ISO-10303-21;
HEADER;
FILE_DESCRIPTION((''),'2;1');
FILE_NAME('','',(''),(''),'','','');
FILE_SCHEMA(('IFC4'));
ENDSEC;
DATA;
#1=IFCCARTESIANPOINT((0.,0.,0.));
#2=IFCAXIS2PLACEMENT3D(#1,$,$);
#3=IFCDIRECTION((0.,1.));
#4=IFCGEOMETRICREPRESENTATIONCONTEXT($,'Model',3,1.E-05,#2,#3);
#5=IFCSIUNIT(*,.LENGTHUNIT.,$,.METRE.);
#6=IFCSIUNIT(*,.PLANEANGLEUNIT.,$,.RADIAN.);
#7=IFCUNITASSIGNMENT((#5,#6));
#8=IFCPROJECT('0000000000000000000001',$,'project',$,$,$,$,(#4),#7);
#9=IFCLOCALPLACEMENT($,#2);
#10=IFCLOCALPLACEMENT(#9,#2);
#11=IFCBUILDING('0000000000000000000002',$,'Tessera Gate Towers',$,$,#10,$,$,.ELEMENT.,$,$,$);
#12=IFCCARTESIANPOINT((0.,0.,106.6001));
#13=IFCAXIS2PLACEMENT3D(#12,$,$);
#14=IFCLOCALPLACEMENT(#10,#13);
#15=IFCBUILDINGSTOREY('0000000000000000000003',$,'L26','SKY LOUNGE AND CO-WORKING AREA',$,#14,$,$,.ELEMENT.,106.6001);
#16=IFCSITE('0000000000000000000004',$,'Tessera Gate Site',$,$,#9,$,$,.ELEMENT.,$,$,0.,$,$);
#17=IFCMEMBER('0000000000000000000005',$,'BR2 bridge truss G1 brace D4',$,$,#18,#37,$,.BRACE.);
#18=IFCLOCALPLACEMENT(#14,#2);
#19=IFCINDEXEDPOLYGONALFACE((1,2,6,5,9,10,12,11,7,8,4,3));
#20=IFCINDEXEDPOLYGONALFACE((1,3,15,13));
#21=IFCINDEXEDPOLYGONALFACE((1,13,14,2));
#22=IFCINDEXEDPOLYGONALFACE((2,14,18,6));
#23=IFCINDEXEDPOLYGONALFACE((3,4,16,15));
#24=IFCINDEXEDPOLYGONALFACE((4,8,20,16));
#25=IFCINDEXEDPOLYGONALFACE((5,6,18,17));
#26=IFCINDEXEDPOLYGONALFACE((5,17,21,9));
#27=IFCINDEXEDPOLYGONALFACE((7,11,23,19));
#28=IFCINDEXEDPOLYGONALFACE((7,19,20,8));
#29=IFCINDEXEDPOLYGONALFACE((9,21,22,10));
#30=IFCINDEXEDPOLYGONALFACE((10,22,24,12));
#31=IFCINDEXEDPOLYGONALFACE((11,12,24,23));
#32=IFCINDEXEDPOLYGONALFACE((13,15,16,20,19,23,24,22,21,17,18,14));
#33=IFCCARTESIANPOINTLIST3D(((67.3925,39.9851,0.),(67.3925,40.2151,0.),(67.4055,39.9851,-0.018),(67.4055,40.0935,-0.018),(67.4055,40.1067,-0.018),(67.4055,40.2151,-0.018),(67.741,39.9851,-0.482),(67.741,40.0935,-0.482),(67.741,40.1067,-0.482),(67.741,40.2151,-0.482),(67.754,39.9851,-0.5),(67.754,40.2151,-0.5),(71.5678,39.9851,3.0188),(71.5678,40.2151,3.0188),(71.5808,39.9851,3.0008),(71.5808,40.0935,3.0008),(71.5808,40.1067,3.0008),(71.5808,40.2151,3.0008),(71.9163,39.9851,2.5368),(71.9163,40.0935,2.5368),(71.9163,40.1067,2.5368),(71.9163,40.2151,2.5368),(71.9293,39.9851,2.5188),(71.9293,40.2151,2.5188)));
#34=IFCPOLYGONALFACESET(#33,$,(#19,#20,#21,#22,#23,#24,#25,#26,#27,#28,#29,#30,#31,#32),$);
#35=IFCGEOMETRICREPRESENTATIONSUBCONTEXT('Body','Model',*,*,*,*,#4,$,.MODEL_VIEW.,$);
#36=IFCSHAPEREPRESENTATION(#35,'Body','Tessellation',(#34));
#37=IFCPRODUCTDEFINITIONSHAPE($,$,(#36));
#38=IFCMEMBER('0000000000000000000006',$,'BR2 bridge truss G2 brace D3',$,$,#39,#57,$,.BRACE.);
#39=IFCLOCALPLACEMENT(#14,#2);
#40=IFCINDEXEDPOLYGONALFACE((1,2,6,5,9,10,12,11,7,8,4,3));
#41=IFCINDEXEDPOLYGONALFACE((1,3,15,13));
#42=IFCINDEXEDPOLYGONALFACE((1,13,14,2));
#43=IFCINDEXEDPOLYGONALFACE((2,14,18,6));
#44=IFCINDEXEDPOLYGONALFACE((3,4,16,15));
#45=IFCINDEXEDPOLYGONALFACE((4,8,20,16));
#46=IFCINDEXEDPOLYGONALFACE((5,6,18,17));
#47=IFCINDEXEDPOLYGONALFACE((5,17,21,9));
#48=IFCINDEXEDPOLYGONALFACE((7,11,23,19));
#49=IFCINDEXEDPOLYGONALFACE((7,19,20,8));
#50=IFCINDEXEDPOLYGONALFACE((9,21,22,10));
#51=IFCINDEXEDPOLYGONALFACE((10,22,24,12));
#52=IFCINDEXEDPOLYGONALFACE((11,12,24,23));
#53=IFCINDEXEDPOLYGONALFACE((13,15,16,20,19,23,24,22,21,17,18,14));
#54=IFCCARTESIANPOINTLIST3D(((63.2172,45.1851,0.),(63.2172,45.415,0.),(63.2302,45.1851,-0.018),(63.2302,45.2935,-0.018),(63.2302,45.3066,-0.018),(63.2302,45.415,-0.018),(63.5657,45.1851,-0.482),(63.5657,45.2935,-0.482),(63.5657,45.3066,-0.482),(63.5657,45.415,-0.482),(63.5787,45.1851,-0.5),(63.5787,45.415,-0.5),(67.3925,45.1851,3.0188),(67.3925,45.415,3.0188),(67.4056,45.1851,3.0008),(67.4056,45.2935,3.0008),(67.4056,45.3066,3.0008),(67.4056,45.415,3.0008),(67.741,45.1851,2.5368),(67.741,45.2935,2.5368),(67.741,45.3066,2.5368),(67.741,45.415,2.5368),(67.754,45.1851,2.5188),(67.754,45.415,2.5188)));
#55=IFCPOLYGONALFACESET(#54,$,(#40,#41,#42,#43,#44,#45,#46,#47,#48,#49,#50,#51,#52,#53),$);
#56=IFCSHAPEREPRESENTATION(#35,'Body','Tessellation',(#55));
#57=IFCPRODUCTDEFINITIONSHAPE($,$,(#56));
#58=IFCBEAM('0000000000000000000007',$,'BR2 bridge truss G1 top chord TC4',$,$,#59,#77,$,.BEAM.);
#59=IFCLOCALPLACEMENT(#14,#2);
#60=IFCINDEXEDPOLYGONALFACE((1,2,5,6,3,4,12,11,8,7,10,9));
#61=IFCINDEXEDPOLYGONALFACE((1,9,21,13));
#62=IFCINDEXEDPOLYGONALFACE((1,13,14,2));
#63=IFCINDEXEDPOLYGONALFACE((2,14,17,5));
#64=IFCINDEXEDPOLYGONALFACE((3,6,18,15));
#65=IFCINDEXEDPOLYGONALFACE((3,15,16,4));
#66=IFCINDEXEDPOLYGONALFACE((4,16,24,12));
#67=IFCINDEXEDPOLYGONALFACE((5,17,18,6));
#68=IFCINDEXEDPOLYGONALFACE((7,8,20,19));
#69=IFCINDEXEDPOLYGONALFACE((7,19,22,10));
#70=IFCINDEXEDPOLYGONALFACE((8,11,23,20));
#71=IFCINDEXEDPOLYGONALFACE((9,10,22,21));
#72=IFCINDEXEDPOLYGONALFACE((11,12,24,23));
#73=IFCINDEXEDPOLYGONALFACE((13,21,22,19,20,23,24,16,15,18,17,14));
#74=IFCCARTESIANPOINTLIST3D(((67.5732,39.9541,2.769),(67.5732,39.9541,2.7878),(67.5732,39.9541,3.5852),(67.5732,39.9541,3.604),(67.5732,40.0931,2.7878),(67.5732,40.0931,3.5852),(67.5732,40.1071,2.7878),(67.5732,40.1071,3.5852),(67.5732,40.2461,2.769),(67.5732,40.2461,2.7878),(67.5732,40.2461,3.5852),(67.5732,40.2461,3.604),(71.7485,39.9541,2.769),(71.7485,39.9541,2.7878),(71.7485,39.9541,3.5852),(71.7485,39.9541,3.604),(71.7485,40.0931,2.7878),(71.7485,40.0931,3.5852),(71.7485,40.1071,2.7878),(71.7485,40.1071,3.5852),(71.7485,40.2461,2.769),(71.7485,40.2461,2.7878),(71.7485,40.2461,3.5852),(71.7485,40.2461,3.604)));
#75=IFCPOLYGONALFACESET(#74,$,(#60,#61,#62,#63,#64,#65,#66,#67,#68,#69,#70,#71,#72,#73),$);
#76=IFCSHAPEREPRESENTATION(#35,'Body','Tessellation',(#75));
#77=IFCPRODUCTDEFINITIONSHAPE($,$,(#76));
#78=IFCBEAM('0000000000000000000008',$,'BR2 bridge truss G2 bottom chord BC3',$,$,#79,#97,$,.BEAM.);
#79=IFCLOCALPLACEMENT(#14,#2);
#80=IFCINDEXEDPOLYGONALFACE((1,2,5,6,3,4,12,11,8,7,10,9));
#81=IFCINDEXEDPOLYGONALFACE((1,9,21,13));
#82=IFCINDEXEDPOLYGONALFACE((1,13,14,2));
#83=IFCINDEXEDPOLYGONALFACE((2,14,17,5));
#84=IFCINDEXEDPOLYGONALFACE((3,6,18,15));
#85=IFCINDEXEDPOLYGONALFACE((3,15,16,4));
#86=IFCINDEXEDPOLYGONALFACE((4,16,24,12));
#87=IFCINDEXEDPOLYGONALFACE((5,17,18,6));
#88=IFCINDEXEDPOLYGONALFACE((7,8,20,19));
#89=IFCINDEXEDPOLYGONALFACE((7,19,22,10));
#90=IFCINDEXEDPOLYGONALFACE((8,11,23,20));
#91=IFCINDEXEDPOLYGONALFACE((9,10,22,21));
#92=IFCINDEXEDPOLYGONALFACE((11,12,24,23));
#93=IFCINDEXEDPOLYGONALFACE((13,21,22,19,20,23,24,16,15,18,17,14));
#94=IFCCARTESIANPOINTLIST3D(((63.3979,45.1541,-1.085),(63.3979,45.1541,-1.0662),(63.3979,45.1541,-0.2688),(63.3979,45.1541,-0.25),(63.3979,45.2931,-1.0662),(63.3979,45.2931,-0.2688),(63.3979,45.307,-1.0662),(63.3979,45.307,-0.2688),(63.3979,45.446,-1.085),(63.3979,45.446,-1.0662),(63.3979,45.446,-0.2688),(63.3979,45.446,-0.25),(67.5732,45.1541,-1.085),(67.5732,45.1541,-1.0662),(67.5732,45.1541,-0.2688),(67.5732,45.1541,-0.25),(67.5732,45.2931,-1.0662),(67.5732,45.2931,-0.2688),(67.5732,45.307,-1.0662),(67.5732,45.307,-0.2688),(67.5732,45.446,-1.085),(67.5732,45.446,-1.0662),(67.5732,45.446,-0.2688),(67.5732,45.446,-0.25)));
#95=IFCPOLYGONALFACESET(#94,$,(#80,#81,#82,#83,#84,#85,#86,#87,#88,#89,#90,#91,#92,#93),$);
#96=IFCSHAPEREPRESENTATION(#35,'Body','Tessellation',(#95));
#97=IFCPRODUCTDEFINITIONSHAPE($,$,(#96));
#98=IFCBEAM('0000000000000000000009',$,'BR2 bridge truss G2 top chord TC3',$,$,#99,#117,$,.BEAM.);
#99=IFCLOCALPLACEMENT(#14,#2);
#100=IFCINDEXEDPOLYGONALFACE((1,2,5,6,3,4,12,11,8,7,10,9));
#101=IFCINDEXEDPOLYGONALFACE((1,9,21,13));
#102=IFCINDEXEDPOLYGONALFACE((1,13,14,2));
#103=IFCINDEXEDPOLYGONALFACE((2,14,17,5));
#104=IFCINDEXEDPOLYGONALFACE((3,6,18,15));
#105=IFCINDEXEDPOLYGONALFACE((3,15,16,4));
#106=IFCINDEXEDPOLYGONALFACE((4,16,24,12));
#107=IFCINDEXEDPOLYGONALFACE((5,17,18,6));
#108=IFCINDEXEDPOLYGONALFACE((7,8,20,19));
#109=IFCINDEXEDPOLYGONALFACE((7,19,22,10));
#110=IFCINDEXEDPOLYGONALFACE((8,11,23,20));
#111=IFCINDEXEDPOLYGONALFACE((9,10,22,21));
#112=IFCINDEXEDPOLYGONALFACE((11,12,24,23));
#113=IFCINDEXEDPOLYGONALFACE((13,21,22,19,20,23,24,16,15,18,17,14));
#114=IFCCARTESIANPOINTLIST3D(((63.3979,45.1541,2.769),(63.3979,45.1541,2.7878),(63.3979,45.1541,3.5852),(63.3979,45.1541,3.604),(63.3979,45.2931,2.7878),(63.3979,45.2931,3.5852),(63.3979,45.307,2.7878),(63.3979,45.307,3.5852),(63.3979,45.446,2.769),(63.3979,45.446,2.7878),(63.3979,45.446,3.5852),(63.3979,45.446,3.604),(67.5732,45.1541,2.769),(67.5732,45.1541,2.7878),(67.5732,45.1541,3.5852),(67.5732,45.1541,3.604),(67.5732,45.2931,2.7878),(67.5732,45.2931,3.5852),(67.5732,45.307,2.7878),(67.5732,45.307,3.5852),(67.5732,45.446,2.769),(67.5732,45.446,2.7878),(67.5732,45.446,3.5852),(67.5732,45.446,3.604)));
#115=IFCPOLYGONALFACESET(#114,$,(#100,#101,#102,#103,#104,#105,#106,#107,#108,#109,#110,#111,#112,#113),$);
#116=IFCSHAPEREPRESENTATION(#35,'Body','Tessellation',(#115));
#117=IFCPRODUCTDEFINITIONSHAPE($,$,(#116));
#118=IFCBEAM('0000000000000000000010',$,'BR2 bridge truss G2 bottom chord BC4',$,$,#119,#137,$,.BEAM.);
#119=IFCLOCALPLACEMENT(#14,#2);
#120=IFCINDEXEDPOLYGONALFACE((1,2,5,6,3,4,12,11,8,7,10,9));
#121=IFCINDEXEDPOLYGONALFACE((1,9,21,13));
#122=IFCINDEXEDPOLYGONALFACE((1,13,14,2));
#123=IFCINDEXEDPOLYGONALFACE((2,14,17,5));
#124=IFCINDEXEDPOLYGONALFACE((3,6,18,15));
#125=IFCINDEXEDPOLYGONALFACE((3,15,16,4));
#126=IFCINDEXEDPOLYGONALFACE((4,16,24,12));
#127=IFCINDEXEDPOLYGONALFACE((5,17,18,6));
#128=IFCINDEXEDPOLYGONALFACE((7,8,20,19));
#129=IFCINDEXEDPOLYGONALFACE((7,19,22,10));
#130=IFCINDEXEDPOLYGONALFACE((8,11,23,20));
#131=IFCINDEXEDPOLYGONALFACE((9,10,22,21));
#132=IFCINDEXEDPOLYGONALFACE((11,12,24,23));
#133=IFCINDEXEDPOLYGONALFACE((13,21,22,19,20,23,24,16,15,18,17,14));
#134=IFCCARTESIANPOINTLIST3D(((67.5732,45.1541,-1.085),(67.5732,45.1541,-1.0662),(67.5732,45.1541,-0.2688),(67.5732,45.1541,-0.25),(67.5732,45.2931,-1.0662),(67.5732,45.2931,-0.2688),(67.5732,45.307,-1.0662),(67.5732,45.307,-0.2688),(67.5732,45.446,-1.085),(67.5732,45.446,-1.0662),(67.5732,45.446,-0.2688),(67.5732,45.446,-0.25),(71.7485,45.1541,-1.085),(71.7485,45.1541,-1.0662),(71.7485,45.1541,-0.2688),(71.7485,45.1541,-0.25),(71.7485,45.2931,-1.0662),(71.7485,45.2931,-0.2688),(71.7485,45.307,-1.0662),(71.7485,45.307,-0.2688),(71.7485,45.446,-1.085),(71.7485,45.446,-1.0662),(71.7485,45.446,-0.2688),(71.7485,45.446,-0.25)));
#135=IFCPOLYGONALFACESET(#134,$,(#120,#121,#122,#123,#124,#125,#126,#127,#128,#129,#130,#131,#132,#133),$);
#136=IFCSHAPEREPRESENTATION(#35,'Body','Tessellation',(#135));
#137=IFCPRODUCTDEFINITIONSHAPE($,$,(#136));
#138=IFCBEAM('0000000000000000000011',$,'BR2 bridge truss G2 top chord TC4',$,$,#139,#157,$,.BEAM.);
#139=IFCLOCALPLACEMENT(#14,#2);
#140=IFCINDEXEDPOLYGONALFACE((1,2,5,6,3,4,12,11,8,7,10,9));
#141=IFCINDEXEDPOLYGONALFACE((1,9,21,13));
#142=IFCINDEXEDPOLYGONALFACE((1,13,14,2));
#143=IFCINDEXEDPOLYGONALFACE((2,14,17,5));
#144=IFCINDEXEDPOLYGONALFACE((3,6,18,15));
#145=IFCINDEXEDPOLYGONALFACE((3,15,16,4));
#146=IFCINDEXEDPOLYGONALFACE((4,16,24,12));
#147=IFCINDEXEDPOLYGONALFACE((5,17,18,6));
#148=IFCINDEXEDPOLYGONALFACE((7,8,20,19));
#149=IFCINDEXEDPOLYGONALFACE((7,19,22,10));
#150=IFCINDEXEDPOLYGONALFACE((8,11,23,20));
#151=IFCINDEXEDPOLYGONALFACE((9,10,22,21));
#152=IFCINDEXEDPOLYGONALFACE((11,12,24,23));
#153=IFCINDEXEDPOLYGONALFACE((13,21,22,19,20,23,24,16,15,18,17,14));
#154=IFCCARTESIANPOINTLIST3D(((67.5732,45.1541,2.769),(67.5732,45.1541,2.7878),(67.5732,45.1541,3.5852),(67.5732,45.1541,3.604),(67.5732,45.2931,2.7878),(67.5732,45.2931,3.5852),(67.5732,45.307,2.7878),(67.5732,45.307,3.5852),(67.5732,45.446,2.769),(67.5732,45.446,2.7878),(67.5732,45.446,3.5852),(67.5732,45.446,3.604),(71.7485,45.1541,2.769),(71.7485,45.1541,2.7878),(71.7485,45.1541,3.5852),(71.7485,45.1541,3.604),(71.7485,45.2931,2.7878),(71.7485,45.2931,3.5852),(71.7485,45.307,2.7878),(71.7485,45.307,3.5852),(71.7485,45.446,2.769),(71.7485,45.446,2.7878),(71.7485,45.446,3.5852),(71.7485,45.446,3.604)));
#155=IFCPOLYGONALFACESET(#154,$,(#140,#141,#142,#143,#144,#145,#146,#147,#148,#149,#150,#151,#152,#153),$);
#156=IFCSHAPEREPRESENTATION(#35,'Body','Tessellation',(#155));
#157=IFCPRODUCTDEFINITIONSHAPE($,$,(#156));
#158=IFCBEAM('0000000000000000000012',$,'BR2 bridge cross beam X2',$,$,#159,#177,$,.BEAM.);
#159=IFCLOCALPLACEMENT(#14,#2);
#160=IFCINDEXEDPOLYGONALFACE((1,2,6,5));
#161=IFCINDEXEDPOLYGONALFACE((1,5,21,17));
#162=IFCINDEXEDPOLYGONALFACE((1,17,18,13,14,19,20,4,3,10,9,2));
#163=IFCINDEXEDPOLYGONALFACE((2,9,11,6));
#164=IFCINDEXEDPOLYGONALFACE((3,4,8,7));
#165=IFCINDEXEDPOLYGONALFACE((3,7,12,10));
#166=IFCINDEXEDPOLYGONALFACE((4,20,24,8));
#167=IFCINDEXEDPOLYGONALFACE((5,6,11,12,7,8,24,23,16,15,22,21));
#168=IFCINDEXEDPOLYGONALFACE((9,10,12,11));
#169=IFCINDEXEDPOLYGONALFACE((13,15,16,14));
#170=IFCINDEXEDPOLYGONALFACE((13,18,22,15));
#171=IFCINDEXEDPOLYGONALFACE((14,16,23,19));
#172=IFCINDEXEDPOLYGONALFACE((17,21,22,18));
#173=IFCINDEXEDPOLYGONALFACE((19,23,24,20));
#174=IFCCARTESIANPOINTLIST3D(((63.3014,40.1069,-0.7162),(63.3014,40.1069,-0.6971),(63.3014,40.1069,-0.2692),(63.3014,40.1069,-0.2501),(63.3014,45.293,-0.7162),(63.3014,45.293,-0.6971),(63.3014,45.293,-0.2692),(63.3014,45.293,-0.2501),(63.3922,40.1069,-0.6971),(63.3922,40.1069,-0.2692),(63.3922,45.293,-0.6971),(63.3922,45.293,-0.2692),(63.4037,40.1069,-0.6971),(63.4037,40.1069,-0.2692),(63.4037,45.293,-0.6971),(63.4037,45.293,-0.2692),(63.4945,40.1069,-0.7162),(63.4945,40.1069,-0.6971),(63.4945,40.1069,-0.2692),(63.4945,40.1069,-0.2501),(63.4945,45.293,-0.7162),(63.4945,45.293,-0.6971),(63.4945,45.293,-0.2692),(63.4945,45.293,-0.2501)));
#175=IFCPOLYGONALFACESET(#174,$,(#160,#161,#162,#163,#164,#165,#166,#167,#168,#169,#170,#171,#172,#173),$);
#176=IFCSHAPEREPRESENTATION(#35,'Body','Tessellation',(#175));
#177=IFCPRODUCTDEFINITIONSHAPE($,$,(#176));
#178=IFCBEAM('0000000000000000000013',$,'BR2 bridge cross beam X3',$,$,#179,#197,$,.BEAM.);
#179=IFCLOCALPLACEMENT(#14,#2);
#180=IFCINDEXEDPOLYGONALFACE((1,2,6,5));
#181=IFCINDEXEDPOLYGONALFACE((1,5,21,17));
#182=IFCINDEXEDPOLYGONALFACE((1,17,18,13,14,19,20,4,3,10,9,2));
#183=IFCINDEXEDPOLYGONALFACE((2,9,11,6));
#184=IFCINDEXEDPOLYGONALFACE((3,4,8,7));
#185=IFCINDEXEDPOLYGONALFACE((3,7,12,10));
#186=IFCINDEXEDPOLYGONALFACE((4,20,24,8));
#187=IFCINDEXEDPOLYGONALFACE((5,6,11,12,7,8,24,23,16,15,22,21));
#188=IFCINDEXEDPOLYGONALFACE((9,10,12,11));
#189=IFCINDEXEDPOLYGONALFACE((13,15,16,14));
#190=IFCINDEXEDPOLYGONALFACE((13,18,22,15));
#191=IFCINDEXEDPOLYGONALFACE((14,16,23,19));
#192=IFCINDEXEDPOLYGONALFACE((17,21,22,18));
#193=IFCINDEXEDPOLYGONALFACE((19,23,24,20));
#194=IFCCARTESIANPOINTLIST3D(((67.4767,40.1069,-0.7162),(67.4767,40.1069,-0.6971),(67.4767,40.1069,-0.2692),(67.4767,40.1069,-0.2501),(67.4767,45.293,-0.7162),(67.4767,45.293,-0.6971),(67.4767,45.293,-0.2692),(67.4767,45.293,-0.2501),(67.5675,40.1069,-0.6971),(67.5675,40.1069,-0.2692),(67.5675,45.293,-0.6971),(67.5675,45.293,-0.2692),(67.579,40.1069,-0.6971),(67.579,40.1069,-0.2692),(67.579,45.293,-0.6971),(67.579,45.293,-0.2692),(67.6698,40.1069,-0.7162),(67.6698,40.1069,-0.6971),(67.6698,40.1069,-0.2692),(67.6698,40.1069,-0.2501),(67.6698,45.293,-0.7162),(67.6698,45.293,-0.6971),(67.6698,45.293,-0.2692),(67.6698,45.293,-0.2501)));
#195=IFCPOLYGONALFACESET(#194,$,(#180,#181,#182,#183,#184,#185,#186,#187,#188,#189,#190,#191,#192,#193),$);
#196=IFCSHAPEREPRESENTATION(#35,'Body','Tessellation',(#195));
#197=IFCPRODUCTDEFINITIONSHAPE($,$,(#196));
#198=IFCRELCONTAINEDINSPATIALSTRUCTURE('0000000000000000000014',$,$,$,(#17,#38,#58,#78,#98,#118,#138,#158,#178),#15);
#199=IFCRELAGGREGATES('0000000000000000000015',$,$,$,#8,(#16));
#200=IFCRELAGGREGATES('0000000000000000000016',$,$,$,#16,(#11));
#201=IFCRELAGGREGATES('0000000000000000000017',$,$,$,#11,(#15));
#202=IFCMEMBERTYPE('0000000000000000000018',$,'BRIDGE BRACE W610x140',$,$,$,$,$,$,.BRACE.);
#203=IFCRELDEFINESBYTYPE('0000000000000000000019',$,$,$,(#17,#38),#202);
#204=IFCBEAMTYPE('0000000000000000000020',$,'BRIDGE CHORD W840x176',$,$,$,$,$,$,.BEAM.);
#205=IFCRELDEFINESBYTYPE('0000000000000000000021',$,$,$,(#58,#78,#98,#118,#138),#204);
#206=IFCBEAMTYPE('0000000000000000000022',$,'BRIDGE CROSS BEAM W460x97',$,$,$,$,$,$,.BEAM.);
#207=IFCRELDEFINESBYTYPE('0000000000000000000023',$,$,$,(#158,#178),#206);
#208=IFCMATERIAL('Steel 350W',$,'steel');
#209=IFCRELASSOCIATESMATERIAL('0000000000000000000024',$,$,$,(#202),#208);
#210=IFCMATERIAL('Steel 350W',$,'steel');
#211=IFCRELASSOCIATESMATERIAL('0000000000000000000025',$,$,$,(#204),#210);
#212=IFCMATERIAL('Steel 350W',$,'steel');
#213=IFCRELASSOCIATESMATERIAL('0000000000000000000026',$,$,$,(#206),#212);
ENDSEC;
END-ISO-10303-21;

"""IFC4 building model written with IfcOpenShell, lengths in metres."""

from ifc_helpers import new_model, si_unit, direction, frame, origin, origin_2d, place, context, subcontext, project, spatial, i_section, extrude, material, material_profile, profile_set, type_object, element, save


model = new_model("IFC4")

# Units and contexts
model_context = context("Model", 3, precision=1e-05, world=origin(), true_north=direction((0.0, 1.0)))
body_context = subcontext(model_context, "Body", "Model", "MODEL_VIEW")
ifc_project = project(units=[si_unit("LENGTHUNIT", "METRE"), si_unit("PLANEANGLEUNIT", "RADIAN")], contexts=[model_context])

# Site, building, storey
site_placement = place(None, origin())
site = spatial("IfcSite", under=ifc_project, at=site_placement, Name="Tessera Gate Site", CompositionType="ELEMENT", RefElevation=0.0)
building_placement = place(site_placement, origin())
building = spatial("IfcBuilding", under=site, at=building_placement, Name="Tessera Gate Towers", CompositionType="ELEMENT")
storey_placement = place(building_placement, frame((0.0, 0.0, 106.6001)))
storey = spatial("IfcBuildingStorey", under=building, at=storey_placement, Name="L26", Description="SKY LOUNGE AND CO-WORKING AREA", CompositionType="ELEMENT", Elevation=106.6001)

# Members
ifc_material_1 = material(Name="Steel 350W", Category="steel")
ifc_material_profile_1 = material_profile(ifc_material_1, i_section(OverallWidth=0.23, OverallDepth=0.6169, WebThickness=0.0132, FlangeThickness=0.0222, at=origin_2d()), Name="W610x140")
ifc_profile_set_1 = profile_set([ifc_material_profile_1], Name="Steel 350W")
member_type_1 = type_object("IfcMemberType", Name="BRIDGE BRACE W610x140", PredefinedType="BRACE", material=ifc_profile_set_1)
for number, where, z_axis, x_axis, name in (
    (1, (67.5732, 40.1001, -0.25), (0.810374, 0.0, 0.585913), (0.0, 1.0, 0.0), "BR2 bridge truss G1 brace D4"),
    (2, (63.3979, 45.3, -0.25), (0.810374, 0.0, 0.585913), (0.0, 1.0, 0.0), "BR2 bridge truss G2 brace D3"),
):
    element("IfcMember", number, at=place(storey_placement, frame(where, z_axis=z_axis, x_axis=x_axis)), inside=storey, type_object=member_type_1, Name=name, PredefinedType="BRACE", context=body_context, shape_type="SweptSolid", body=[
        extrude(i_section(OverallWidth=0.23, OverallDepth=0.6169, WebThickness=0.0132, FlangeThickness=0.0222, at=origin_2d()), origin(), (0.0, 0.0, 1.0), 5.1523),
    ])

# Beams
ifc_material_2 = material(Name="Steel 350W", Category="steel")
ifc_material_profile_2 = material_profile(ifc_material_2, i_section(OverallWidth=0.292, OverallDepth=0.835, WebThickness=0.0139, FlangeThickness=0.0188, at=origin_2d()), Name="W840x176")
ifc_profile_set_2 = profile_set([ifc_material_profile_2], Name="Steel 350W")
beam_type_1 = type_object("IfcBeamType", Name="BRIDGE CHORD W840x176", PredefinedType="BEAM", material=ifc_profile_set_2)
for number, where, z_axis, x_axis, name in (
    (3, (67.5732, 40.1001, 3.1865), (1.0, 0.0, 0.0), (0.0, 1.0, 0.0), "BR2 bridge truss G1 top chord TC4"),
    (4, (63.3979, 45.3, -0.6675), (1.0, 0.0, 0.0), (0.0, 1.0, 0.0), "BR2 bridge truss G2 bottom chord BC3"),
    (5, (63.3979, 45.3, 3.1865), (1.0, 0.0, 0.0), (0.0, 1.0, 0.0), "BR2 bridge truss G2 top chord TC3"),
    (6, (67.5732, 45.3, -0.6675), (1.0, 0.0, 0.0), (0.0, 1.0, 0.0), "BR2 bridge truss G2 bottom chord BC4"),
    (7, (67.5732, 45.3, 3.1865), (1.0, 0.0, 0.0), (0.0, 1.0, 0.0), "BR2 bridge truss G2 top chord TC4"),
):
    element("IfcBeam", number, at=place(storey_placement, frame(where, z_axis=z_axis, x_axis=x_axis)), inside=storey, type_object=beam_type_1, Name=name, PredefinedType="BEAM", context=body_context, shape_type="SweptSolid", body=[
        extrude(i_section(OverallWidth=0.292, OverallDepth=0.835, WebThickness=0.0139, FlangeThickness=0.0188, at=origin_2d()), origin(), (0.0, 0.0, 1.0), 4.1753),
    ])
ifc_material_3 = material(Name="Steel 350W", Category="steel")
ifc_material_profile_3 = material_profile(ifc_material_3, i_section(OverallWidth=0.1931, OverallDepth=0.4661, WebThickness=0.0115, FlangeThickness=0.019, at=origin_2d()), Name="W460x97")
ifc_profile_set_3 = profile_set([ifc_material_profile_3], Name="Steel 350W")
beam_type_2 = type_object("IfcBeamType", Name="BRIDGE CROSS BEAM W460x97", PredefinedType="BEAM", material=ifc_profile_set_3)
for number, where, z_axis, x_axis, name in (
    (8, (63.3979, 40.1069, -0.4832), (0.0, 1.0, 0.0), (-1.0, 0.0, 0.0), "BR2 bridge cross beam X2"),
    (9, (67.5732, 40.1069, -0.4832), (0.0, 1.0, 0.0), (-1.0, 0.0, 0.0), "BR2 bridge cross beam X3"),
):
    element("IfcBeam", number, at=place(storey_placement, frame(where, z_axis=z_axis, x_axis=x_axis)), inside=storey, type_object=beam_type_2, Name=name, PredefinedType="BEAM", context=body_context, shape_type="SweptSolid", body=[
        extrude(i_section(OverallWidth=0.1931, OverallDepth=0.4661, WebThickness=0.0115, FlangeThickness=0.019, at=origin_2d()), origin(), (0.0, 0.0, 1.0), 5.186),
    ])

save(model, "model.ifc")
